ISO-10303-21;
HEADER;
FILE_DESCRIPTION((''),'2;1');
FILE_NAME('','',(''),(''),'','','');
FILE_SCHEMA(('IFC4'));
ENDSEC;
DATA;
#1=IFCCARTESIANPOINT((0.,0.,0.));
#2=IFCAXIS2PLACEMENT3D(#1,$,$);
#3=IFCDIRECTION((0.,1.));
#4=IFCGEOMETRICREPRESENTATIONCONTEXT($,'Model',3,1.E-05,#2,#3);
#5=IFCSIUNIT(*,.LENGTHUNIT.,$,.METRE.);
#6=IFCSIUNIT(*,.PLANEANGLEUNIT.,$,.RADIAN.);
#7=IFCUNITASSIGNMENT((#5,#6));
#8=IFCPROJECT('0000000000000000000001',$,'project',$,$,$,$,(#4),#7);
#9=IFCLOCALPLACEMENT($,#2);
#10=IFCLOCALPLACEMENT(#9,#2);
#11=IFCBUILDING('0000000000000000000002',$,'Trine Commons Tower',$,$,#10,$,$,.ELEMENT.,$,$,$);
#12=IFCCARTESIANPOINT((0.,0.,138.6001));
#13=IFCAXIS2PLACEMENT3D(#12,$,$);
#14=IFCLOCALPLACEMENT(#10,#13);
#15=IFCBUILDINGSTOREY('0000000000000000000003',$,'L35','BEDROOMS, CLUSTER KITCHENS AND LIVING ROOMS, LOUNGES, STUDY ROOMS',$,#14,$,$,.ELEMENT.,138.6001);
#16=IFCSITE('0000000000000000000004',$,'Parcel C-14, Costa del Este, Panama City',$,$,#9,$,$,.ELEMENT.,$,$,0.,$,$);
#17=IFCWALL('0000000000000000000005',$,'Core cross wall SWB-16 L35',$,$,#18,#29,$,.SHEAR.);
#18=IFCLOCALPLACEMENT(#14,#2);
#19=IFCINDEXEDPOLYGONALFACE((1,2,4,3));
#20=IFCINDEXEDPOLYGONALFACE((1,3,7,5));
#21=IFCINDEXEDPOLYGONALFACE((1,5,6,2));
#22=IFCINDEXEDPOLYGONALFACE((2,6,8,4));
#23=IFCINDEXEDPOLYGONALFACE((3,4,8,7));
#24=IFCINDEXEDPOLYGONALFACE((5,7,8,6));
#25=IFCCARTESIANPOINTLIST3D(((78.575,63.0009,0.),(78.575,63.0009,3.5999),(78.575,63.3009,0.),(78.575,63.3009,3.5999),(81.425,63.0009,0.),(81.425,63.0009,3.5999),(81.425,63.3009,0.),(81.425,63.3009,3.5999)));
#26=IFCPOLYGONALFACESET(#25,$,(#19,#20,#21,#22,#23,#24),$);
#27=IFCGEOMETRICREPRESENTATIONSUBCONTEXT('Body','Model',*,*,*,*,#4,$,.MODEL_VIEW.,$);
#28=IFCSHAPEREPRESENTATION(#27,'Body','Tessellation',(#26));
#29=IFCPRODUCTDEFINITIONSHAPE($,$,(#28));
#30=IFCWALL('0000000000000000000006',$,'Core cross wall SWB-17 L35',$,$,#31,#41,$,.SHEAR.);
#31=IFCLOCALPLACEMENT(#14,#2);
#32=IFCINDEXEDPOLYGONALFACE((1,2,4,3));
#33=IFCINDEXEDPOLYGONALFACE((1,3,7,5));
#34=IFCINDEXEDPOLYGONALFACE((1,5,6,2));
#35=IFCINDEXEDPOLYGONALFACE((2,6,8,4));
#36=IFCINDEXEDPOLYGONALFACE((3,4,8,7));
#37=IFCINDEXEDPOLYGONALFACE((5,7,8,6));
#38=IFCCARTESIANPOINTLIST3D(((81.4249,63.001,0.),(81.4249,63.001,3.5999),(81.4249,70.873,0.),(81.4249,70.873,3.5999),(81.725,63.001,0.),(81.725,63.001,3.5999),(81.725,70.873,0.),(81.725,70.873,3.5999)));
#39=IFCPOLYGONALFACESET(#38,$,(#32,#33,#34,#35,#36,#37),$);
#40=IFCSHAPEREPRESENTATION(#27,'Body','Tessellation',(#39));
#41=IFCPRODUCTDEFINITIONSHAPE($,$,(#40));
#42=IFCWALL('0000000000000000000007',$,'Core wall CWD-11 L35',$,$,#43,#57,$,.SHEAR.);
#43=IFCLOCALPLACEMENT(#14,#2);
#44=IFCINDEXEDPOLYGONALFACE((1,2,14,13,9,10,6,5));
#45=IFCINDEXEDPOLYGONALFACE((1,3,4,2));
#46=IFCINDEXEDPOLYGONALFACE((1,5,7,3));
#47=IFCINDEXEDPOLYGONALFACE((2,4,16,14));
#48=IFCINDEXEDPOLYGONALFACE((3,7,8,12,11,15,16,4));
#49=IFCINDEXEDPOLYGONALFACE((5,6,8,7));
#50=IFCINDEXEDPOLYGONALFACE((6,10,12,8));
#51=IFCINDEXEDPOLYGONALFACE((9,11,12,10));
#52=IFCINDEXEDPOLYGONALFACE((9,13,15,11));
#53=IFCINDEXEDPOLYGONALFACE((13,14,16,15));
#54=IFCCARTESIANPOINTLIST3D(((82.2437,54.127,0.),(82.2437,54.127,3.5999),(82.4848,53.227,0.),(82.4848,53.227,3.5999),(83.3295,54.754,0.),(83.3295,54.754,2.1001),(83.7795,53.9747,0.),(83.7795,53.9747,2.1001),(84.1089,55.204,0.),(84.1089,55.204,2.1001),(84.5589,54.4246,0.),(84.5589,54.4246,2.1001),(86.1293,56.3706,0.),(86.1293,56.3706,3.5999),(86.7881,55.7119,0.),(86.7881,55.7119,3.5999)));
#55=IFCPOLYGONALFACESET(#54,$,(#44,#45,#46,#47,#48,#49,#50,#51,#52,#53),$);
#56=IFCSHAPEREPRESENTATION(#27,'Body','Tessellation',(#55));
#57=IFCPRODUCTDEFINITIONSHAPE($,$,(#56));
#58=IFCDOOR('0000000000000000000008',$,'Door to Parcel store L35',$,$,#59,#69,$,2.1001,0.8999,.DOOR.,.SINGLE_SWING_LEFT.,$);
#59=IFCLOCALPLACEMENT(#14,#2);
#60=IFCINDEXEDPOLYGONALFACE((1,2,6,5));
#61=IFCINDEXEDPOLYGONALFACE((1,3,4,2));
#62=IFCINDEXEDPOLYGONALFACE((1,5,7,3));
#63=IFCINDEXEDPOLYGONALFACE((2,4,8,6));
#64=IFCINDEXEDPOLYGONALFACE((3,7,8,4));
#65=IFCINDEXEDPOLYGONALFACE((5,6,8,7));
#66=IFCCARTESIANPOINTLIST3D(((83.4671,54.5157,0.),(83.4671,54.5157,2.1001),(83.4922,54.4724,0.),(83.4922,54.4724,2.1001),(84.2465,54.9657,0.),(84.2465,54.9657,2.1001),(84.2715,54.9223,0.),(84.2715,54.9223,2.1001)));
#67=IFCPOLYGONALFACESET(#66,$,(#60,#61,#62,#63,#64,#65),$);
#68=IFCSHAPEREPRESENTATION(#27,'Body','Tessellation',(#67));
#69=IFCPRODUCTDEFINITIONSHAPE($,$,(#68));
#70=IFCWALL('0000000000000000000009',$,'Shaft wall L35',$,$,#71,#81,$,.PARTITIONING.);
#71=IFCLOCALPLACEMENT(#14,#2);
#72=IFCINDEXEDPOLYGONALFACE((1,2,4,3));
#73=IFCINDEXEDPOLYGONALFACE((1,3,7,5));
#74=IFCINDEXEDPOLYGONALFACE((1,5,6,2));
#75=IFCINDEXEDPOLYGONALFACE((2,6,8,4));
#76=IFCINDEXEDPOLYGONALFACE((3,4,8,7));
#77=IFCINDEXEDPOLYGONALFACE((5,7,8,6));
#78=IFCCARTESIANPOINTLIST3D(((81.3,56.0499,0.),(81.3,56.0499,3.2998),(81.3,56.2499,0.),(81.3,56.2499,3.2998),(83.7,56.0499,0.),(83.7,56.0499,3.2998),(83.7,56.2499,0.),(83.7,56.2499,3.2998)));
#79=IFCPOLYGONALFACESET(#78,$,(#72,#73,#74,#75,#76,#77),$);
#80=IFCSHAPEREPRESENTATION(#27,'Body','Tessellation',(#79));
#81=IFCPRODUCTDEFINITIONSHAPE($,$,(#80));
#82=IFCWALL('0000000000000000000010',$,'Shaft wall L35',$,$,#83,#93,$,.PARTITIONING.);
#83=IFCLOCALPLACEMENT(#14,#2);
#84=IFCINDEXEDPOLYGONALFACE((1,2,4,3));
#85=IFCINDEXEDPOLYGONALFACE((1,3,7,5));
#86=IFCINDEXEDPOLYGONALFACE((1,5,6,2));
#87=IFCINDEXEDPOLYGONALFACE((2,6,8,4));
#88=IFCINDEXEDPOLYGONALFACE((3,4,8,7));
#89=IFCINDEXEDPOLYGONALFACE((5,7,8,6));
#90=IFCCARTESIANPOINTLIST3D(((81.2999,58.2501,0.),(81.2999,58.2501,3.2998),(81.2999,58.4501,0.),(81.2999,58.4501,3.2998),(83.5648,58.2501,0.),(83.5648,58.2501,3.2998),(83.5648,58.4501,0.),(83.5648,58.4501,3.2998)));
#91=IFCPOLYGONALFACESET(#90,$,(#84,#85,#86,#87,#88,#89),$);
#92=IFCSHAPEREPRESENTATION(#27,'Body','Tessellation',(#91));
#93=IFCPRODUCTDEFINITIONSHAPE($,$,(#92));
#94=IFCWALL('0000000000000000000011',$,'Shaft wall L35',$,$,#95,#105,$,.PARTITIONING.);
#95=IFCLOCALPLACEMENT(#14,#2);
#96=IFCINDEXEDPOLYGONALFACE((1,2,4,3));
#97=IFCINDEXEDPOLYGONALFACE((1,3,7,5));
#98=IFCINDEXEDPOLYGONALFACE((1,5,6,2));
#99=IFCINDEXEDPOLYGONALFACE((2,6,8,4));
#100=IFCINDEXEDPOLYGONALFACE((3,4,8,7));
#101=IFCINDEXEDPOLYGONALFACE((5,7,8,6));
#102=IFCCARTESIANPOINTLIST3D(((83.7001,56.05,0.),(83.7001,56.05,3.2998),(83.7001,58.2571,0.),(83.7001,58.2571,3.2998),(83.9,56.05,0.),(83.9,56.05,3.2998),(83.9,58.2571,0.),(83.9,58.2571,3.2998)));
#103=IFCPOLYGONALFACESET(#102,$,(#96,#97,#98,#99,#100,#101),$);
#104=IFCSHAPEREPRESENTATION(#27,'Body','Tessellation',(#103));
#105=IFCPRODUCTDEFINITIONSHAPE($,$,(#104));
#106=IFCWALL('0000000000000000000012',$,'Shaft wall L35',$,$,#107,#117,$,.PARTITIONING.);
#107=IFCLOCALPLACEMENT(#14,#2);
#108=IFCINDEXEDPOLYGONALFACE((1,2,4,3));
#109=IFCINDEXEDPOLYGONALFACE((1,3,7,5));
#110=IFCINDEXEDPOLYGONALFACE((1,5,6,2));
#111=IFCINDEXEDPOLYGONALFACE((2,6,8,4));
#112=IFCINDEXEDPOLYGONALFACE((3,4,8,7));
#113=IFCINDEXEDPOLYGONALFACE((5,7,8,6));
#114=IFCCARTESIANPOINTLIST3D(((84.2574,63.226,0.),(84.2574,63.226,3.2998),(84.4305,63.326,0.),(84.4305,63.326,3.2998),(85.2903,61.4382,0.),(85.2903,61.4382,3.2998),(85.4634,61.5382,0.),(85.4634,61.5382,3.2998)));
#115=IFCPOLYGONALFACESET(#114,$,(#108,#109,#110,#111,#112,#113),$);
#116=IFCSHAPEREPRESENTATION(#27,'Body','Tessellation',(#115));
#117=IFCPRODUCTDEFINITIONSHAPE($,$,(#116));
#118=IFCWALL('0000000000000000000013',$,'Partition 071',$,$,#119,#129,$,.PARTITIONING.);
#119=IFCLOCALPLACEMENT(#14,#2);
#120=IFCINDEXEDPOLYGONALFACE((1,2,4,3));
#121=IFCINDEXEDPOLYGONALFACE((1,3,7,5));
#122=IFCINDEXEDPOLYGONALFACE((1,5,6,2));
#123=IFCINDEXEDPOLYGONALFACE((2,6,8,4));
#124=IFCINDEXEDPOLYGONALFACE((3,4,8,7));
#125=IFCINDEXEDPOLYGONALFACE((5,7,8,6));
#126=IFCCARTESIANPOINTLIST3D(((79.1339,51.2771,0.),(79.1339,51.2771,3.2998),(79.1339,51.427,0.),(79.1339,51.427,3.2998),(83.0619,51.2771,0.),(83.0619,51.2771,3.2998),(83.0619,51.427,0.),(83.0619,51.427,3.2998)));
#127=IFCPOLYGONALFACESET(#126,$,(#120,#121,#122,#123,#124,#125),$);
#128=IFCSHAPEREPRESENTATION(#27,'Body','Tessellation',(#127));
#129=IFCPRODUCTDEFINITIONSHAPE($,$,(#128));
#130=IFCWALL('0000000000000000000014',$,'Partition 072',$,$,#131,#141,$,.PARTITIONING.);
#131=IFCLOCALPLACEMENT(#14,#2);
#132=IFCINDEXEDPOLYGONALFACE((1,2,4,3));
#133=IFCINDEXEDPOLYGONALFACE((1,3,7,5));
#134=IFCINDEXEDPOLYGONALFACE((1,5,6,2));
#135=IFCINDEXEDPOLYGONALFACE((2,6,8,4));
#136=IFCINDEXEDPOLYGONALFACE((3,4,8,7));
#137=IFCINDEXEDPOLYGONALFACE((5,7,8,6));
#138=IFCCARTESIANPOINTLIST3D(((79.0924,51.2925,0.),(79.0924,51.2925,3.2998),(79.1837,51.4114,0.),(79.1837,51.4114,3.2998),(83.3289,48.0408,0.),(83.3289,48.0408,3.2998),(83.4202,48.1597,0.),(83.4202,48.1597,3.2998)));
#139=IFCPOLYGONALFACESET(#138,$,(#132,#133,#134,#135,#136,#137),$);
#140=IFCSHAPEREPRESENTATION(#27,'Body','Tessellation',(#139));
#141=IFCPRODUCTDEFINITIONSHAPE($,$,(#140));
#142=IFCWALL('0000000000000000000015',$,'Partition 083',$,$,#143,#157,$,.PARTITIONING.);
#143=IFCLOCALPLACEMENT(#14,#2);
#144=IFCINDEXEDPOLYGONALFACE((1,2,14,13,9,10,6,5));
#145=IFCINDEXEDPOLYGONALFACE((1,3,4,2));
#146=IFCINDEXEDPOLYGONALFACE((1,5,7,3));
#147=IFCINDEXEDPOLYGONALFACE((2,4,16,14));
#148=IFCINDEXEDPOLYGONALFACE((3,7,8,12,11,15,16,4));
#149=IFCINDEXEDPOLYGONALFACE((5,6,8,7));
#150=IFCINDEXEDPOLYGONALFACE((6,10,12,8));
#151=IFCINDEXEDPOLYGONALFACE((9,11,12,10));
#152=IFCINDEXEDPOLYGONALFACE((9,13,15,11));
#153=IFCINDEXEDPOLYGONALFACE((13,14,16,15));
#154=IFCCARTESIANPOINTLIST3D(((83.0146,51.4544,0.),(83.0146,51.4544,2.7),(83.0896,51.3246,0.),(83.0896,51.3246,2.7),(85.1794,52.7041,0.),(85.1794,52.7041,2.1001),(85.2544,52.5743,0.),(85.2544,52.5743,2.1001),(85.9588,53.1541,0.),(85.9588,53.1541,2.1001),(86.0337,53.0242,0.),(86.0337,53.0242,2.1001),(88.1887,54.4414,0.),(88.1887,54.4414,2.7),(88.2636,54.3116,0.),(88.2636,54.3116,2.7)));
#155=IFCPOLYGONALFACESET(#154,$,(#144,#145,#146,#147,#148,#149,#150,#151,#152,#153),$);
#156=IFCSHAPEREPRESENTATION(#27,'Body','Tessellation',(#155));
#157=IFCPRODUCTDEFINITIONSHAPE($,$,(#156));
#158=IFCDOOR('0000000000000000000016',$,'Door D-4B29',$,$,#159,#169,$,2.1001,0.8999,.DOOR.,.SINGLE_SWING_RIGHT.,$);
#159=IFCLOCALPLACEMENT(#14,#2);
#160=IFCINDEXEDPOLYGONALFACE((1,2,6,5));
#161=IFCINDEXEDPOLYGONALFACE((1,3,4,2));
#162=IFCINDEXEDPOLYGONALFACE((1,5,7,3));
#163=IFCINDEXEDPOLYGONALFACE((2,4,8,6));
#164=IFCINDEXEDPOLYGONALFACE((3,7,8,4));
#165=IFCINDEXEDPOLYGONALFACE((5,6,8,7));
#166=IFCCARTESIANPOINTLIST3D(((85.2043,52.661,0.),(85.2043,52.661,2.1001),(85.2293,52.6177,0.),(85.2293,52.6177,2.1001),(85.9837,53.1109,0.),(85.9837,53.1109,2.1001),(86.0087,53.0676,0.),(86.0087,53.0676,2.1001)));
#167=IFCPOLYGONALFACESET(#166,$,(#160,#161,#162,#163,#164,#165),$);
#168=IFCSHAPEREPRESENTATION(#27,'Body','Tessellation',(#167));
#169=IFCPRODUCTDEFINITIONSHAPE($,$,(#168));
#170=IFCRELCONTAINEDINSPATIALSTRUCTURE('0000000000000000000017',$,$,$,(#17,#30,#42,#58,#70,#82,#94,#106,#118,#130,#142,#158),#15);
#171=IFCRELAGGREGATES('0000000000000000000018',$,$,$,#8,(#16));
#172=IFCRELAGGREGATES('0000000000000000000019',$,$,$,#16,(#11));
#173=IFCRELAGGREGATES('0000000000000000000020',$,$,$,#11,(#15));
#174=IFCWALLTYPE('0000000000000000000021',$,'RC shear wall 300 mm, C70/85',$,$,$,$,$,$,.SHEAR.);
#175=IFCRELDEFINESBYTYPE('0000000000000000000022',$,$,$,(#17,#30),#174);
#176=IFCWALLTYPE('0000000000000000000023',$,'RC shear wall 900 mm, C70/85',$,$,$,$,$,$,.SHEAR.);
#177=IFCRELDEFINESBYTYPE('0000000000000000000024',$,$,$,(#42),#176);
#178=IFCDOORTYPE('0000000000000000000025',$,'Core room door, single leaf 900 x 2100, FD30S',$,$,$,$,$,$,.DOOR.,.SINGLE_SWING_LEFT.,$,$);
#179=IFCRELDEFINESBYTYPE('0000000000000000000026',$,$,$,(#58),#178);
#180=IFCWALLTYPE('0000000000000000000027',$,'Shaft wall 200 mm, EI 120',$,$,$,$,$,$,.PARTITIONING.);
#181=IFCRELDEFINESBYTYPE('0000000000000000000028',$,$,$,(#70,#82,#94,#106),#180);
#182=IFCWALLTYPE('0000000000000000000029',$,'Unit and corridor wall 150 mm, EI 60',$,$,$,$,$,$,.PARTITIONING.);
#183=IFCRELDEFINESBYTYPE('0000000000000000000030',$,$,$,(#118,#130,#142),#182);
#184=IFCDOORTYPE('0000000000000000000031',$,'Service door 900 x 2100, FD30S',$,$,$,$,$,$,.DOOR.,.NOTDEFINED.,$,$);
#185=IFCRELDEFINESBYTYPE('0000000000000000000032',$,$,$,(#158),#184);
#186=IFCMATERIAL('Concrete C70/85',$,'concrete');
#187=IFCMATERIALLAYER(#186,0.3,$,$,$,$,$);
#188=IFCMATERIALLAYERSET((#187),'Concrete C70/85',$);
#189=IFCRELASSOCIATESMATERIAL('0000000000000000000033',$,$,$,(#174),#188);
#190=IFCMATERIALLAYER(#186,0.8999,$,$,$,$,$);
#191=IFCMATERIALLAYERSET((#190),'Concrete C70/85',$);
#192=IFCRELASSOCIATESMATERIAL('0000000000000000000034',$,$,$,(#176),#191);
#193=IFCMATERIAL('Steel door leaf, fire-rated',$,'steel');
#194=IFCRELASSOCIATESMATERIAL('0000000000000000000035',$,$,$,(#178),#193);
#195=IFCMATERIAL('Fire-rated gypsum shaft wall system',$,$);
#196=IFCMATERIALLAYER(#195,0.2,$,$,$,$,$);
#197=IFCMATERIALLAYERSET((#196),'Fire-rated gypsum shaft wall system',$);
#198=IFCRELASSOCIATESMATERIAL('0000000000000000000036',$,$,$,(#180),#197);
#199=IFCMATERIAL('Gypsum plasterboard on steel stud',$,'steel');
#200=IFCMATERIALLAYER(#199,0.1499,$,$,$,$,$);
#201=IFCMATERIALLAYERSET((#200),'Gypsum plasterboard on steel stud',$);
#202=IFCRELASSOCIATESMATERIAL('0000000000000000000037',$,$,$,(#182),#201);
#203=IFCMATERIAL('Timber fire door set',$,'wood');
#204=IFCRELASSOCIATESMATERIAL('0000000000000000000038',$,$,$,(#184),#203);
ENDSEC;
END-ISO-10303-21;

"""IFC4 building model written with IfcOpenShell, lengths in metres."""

from ifc_helpers import new_model, si_unit, direction, frame, frame_2d, origin, place, context, subcontext, project, spatial, polyline, rectangle, outline, extrude, material, layer, layer_set, type_object, element, fill, save


model = new_model("IFC4")

# Units and contexts
model_context = context("Model", 3, precision=1e-05, world=origin(), true_north=direction((0.0, 1.0)))
body_context = subcontext(model_context, "Body", "Model", "MODEL_VIEW")
ifc_project = project(units=[si_unit("LENGTHUNIT", "METRE"), si_unit("PLANEANGLEUNIT", "RADIAN")], contexts=[model_context])

# Site, building, storey
site_placement = place(None, origin())
site = spatial("IfcSite", under=ifc_project, at=site_placement, Name="Parcel C-14, Costa del Este, Panama City", CompositionType="ELEMENT", RefElevation=0.0)
building_placement = place(site_placement, origin())
building = spatial("IfcBuilding", under=site, at=building_placement, Name="Trine Commons Tower", CompositionType="ELEMENT")
storey_placement = place(building_placement, frame((0.0, 0.0, 138.6001)))
storey = spatial("IfcBuildingStorey", under=building, at=storey_placement, Name="L35", Description="BEDROOMS, CLUSTER KITCHENS AND LIVING ROOMS, LOUNGES, STUDY ROOMS", CompositionType="ELEMENT", Elevation=138.6001)

# Shared definitions
ifc_material_1 = material(Name="Fire-rated gypsum shaft wall system")
ifc_material_2 = material(Name="Steel door leaf, fire-rated", Category="steel")
ifc_material_3 = material(Name="Concrete C70/85", Category="concrete")
ifc_layer_1 = layer(ifc_material_3, 0.3)
ifc_layer_set_1 = layer_set([ifc_layer_1], Name="Concrete C70/85")
wall_type_1 = type_object("IfcWallType", Name="RC shear wall 300 mm, C70/85", PredefinedType="SHEAR", material=ifc_layer_set_1)

# Walls
wall_1_placement = place(storey_placement, frame((81.425, 63.1509, 0.0), z_axis=(0.0, 0.0, 1.0), x_axis=(-1.0, 0.0, 0.0)))
element("IfcWall", 1, at=wall_1_placement, inside=storey, type_object=wall_type_1, Name="Core cross wall SWB-16 L35", PredefinedType="SHEAR", context=body_context, shape_type="SweptSolid", body=[
    extrude(rectangle(XDim=2.8501, YDim=0.3, at=frame_2d((1.425, 0.0))), origin(), (0.0, 0.0, 1.0), 3.5999),
])
wall_2_placement = place(storey_placement, frame((81.575, 63.001, 0.0), z_axis=(0.0, 0.0, 1.0), x_axis=(0.0, 1.0, 0.0)))
element("IfcWall", 2, at=wall_2_placement, inside=storey, type_object=wall_type_1, Name="Core cross wall SWB-17 L35", PredefinedType="SHEAR", context=body_context, shape_type="SweptSolid", body=[
    extrude(rectangle(XDim=7.8721, YDim=0.3, at=frame_2d((3.936, 0.0))), origin(), (0.0, 0.0, 1.0), 3.5999),
])

# Wall, opening, door
ifc_layer_2 = layer(ifc_material_3, 0.8999)
ifc_layer_set_2 = layer_set([ifc_layer_2], Name="Concrete C70/85")
wall_type_2 = type_object("IfcWallType", Name="RC shear wall 900 mm, C70/85", PredefinedType="SHEAR", material=ifc_layer_set_2)
wall_3_placement = place(storey_placement, frame((82.2598, 53.6167, 0.0), z_axis=(0.0, 0.0, 1.0), x_axis=(0.866003, 0.500039, 0.0)))
wall_3 = element("IfcWall", 3, at=wall_3_placement, inside=storey, type_object=wall_type_2, Name="Core wall CWD-11 L35", PredefinedType="SHEAR", context=body_context, shape_type="SweptSolid", body=[
    extrude(outline(polyline([(0.0, -0.45), (4.9692, -0.45), (4.728, 0.45), (0.2412, 0.45), (0.0, -0.45)])), origin(), (0.0, 0.0, 1.0), 3.5999),
])
opening_1_placement = place(wall_3_placement, frame((1.4951, 0.0, 0.0)))
opening_1 = element("IfcOpeningElement", 4, at=opening_1_placement, cuts=wall_3, PredefinedType="OPENING", context=body_context, shape_type="SweptSolid", body=[
    extrude(rectangle(XDim=0.8999, YDim=2.1001, at=frame_2d((0.45, 1.05))), frame((0.0, 0.46, 0.0), z_axis=(0.0, -1.0, 0.0), x_axis=(1.0, 0.0, 0.0)), (0.0, 0.0, 1.0), 0.9199),
])
door_type_1 = type_object("IfcDoorType", Name="Core room door, single leaf 900 x 2100, FD30S", OperationType="SINGLE_SWING_LEFT", PredefinedType="DOOR", material=ifc_material_2)
door_1_placement = place(opening_1_placement, origin())
door_1 = element("IfcDoor", 5, at=door_1_placement, inside=storey, type_object=door_type_1, Name="Door to Parcel store L35", OperationType="SINGLE_SWING_LEFT", OverallHeight=2.1001, OverallWidth=0.8999, PredefinedType="DOOR", context=body_context, shape_type="SweptSolid", body=[
    extrude(rectangle(XDim=0.8999, YDim=2.1001, at=frame_2d((0.45, 1.05))), frame((0.0, 0.1748, 0.0), z_axis=(0.0, -1.0, 0.0), x_axis=(1.0, 0.0, 0.0)), (0.0, 0.0, 1.0), 0.05),
])
fill(opening_1, door_1)

# Walls
ifc_layer_3 = layer(ifc_material_1, 0.2)
ifc_layer_set_3 = layer_set([ifc_layer_3], Name="Fire-rated gypsum shaft wall system")
wall_type_3 = type_object("IfcWallType", Name="Shaft wall 200 mm, EI 120", PredefinedType="PARTITIONING", material=ifc_layer_set_3)
wall_4_placement = place(storey_placement, frame((81.3, 56.1499, 0.0), z_axis=(0.0, 0.0, 1.0), x_axis=(1.0, 0.0, 0.0)))
element("IfcWall", 6, at=wall_4_placement, inside=storey, type_object=wall_type_3, Name="Shaft wall L35", PredefinedType="PARTITIONING", context=body_context, shape_type="SweptSolid", body=[
    extrude(rectangle(XDim=2.3999, YDim=0.2, at=frame_2d((1.2, 0.0))), origin(), (0.0, 0.0, 1.0), 3.2998),
])
wall_5_placement = place(storey_placement, frame((81.3, 58.3501, 0.0), z_axis=(0.0, 0.0, 1.0), x_axis=(1.0, 0.0, 0.0)))
element("IfcWall", 7, at=wall_5_placement, inside=storey, type_object=wall_type_3, Name="Shaft wall L35", PredefinedType="PARTITIONING", context=body_context, shape_type="SweptSolid", body=[
    extrude(rectangle(XDim=2.2649, YDim=0.2, at=frame_2d((1.1323, 0.0))), origin(), (0.0, 0.0, 1.0), 3.2998),
])
wall_6_placement = place(storey_placement, frame((83.8, 58.2571, 0.0), z_axis=(0.0, 0.0, 1.0), x_axis=(0.0, -1.0, 0.0)))
element("IfcWall", 8, at=wall_6_placement, inside=storey, type_object=wall_type_3, Name="Shaft wall L35", PredefinedType="PARTITIONING", context=body_context, shape_type="SweptSolid", body=[
    extrude(rectangle(XDim=2.207, YDim=0.2, at=frame_2d((1.1035, 0.0))), origin(), (0.0, 0.0, 1.0), 3.2998),
])
wall_7_placement = place(storey_placement, frame((84.344, 63.2759, 0.0), z_axis=(0.0, 0.0, 1.0), x_axis=(0.500272, -0.865868, 0.0)))
element("IfcWall", 9, at=wall_7_placement, inside=storey, type_object=wall_type_3, Name="Shaft wall L35", PredefinedType="PARTITIONING", context=body_context, shape_type="SweptSolid", body=[
    extrude(rectangle(XDim=2.0647, YDim=0.2, at=frame_2d((1.0322, 0.0))), origin(), (0.0, 0.0, 1.0), 3.2998),
])
ifc_material_4 = material(Name="Gypsum plasterboard on steel stud", Category="steel")
ifc_layer_4 = layer(ifc_material_4, 0.1499)
ifc_layer_set_4 = layer_set([ifc_layer_4], Name="Gypsum plasterboard on steel stud")
wall_type_4 = type_object("IfcWallType", Name="Unit and corridor wall 150 mm, EI 60", PredefinedType="PARTITIONING", material=ifc_layer_set_4)
wall_8_placement = place(storey_placement, frame((79.134, 51.3521, 0.0), z_axis=(0.0, 0.0, 1.0), x_axis=(1.0, 0.0, 0.0)))
element("IfcWall", 10, at=wall_8_placement, inside=storey, type_object=wall_type_4, Name="Partition 071", PredefinedType="PARTITIONING", context=body_context, shape_type="SweptSolid", body=[
    extrude(rectangle(XDim=3.928, YDim=0.1499, at=frame_2d((1.9639, 0.0))), origin(), (0.0, 0.0, 1.0), 3.2998),
])
wall_9_placement = place(storey_placement, frame((79.1379, 51.3521, 0.0), z_axis=(0.0, 0.0, 1.0), x_axis=(0.793274, -0.608864, 0.0)))
element("IfcWall", 11, at=wall_9_placement, inside=storey, type_object=wall_type_4, Name="Partition 072", PredefinedType="PARTITIONING", context=body_context, shape_type="SweptSolid", body=[
    extrude(rectangle(XDim=5.3406, YDim=0.1499, at=frame_2d((2.6704, 0.0))), origin(), (0.0, 0.0, 1.0), 3.2998),
])

# Wall, opening, door
wall_10_placement = place(storey_placement, frame((83.052, 51.3894, 0.0), z_axis=(0.0, 0.0, 1.0), x_axis=(0.866039, 0.499976, 0.0)))
wall_10 = element("IfcWall", 12, at=wall_10_placement, inside=storey, type_object=wall_type_4, Name="Partition 083", PredefinedType="PARTITIONING", context=body_context, shape_type="SweptSolid", body=[
    extrude(rectangle(XDim=5.9744, YDim=0.1499, at=frame_2d((2.9873, 0.0))), origin(), (0.0, 0.0, 1.0), 2.7),
])
opening_2_placement = place(wall_10_placement, frame((2.4998, 0.0, 0.0)))
opening_2 = element("IfcOpeningElement", 13, at=opening_2_placement, cuts=wall_10, PredefinedType="OPENING", context=body_context, shape_type="SweptSolid", body=[
    extrude(rectangle(XDim=0.8999, YDim=2.1001, at=frame_2d((0.45, 1.05))), frame((0.0, 0.085, 0.0), z_axis=(0.0, -1.0, 0.0), x_axis=(1.0, 0.0, 0.0)), (0.0, 0.0, 1.0), 0.1699),
])
ifc_material_5 = material(Name="Timber fire door set", Category="wood")
door_type_2 = type_object("IfcDoorType", Name="Service door 900 x 2100, FD30S", OperationType="NOTDEFINED", PredefinedType="DOOR", material=ifc_material_5)
door_2_placement = place(opening_2_placement, frame((0.8999, 0.0, 0.0), z_axis=(0.0, 0.0, 1.0), x_axis=(-1.0, 0.0, 0.0)))
door_2 = element("IfcDoor", 14, at=door_2_placement, inside=storey, type_object=door_type_2, Name="Door D-4B29", OperationType="SINGLE_SWING_RIGHT", OverallHeight=2.1001, OverallWidth=0.8999, PredefinedType="DOOR", context=body_context, shape_type="SweptSolid", body=[
    extrude(rectangle(XDim=0.8999, YDim=2.1001, at=frame_2d((0.45, 1.05))), frame((0.0, 0.0249, 0.0), z_axis=(0.0, -1.0, 0.0), x_axis=(1.0, 0.0, 0.0)), (0.0, 0.0, 1.0), 0.05),
])
fill(opening_2, door_2)

save(model, "model.ifc")
